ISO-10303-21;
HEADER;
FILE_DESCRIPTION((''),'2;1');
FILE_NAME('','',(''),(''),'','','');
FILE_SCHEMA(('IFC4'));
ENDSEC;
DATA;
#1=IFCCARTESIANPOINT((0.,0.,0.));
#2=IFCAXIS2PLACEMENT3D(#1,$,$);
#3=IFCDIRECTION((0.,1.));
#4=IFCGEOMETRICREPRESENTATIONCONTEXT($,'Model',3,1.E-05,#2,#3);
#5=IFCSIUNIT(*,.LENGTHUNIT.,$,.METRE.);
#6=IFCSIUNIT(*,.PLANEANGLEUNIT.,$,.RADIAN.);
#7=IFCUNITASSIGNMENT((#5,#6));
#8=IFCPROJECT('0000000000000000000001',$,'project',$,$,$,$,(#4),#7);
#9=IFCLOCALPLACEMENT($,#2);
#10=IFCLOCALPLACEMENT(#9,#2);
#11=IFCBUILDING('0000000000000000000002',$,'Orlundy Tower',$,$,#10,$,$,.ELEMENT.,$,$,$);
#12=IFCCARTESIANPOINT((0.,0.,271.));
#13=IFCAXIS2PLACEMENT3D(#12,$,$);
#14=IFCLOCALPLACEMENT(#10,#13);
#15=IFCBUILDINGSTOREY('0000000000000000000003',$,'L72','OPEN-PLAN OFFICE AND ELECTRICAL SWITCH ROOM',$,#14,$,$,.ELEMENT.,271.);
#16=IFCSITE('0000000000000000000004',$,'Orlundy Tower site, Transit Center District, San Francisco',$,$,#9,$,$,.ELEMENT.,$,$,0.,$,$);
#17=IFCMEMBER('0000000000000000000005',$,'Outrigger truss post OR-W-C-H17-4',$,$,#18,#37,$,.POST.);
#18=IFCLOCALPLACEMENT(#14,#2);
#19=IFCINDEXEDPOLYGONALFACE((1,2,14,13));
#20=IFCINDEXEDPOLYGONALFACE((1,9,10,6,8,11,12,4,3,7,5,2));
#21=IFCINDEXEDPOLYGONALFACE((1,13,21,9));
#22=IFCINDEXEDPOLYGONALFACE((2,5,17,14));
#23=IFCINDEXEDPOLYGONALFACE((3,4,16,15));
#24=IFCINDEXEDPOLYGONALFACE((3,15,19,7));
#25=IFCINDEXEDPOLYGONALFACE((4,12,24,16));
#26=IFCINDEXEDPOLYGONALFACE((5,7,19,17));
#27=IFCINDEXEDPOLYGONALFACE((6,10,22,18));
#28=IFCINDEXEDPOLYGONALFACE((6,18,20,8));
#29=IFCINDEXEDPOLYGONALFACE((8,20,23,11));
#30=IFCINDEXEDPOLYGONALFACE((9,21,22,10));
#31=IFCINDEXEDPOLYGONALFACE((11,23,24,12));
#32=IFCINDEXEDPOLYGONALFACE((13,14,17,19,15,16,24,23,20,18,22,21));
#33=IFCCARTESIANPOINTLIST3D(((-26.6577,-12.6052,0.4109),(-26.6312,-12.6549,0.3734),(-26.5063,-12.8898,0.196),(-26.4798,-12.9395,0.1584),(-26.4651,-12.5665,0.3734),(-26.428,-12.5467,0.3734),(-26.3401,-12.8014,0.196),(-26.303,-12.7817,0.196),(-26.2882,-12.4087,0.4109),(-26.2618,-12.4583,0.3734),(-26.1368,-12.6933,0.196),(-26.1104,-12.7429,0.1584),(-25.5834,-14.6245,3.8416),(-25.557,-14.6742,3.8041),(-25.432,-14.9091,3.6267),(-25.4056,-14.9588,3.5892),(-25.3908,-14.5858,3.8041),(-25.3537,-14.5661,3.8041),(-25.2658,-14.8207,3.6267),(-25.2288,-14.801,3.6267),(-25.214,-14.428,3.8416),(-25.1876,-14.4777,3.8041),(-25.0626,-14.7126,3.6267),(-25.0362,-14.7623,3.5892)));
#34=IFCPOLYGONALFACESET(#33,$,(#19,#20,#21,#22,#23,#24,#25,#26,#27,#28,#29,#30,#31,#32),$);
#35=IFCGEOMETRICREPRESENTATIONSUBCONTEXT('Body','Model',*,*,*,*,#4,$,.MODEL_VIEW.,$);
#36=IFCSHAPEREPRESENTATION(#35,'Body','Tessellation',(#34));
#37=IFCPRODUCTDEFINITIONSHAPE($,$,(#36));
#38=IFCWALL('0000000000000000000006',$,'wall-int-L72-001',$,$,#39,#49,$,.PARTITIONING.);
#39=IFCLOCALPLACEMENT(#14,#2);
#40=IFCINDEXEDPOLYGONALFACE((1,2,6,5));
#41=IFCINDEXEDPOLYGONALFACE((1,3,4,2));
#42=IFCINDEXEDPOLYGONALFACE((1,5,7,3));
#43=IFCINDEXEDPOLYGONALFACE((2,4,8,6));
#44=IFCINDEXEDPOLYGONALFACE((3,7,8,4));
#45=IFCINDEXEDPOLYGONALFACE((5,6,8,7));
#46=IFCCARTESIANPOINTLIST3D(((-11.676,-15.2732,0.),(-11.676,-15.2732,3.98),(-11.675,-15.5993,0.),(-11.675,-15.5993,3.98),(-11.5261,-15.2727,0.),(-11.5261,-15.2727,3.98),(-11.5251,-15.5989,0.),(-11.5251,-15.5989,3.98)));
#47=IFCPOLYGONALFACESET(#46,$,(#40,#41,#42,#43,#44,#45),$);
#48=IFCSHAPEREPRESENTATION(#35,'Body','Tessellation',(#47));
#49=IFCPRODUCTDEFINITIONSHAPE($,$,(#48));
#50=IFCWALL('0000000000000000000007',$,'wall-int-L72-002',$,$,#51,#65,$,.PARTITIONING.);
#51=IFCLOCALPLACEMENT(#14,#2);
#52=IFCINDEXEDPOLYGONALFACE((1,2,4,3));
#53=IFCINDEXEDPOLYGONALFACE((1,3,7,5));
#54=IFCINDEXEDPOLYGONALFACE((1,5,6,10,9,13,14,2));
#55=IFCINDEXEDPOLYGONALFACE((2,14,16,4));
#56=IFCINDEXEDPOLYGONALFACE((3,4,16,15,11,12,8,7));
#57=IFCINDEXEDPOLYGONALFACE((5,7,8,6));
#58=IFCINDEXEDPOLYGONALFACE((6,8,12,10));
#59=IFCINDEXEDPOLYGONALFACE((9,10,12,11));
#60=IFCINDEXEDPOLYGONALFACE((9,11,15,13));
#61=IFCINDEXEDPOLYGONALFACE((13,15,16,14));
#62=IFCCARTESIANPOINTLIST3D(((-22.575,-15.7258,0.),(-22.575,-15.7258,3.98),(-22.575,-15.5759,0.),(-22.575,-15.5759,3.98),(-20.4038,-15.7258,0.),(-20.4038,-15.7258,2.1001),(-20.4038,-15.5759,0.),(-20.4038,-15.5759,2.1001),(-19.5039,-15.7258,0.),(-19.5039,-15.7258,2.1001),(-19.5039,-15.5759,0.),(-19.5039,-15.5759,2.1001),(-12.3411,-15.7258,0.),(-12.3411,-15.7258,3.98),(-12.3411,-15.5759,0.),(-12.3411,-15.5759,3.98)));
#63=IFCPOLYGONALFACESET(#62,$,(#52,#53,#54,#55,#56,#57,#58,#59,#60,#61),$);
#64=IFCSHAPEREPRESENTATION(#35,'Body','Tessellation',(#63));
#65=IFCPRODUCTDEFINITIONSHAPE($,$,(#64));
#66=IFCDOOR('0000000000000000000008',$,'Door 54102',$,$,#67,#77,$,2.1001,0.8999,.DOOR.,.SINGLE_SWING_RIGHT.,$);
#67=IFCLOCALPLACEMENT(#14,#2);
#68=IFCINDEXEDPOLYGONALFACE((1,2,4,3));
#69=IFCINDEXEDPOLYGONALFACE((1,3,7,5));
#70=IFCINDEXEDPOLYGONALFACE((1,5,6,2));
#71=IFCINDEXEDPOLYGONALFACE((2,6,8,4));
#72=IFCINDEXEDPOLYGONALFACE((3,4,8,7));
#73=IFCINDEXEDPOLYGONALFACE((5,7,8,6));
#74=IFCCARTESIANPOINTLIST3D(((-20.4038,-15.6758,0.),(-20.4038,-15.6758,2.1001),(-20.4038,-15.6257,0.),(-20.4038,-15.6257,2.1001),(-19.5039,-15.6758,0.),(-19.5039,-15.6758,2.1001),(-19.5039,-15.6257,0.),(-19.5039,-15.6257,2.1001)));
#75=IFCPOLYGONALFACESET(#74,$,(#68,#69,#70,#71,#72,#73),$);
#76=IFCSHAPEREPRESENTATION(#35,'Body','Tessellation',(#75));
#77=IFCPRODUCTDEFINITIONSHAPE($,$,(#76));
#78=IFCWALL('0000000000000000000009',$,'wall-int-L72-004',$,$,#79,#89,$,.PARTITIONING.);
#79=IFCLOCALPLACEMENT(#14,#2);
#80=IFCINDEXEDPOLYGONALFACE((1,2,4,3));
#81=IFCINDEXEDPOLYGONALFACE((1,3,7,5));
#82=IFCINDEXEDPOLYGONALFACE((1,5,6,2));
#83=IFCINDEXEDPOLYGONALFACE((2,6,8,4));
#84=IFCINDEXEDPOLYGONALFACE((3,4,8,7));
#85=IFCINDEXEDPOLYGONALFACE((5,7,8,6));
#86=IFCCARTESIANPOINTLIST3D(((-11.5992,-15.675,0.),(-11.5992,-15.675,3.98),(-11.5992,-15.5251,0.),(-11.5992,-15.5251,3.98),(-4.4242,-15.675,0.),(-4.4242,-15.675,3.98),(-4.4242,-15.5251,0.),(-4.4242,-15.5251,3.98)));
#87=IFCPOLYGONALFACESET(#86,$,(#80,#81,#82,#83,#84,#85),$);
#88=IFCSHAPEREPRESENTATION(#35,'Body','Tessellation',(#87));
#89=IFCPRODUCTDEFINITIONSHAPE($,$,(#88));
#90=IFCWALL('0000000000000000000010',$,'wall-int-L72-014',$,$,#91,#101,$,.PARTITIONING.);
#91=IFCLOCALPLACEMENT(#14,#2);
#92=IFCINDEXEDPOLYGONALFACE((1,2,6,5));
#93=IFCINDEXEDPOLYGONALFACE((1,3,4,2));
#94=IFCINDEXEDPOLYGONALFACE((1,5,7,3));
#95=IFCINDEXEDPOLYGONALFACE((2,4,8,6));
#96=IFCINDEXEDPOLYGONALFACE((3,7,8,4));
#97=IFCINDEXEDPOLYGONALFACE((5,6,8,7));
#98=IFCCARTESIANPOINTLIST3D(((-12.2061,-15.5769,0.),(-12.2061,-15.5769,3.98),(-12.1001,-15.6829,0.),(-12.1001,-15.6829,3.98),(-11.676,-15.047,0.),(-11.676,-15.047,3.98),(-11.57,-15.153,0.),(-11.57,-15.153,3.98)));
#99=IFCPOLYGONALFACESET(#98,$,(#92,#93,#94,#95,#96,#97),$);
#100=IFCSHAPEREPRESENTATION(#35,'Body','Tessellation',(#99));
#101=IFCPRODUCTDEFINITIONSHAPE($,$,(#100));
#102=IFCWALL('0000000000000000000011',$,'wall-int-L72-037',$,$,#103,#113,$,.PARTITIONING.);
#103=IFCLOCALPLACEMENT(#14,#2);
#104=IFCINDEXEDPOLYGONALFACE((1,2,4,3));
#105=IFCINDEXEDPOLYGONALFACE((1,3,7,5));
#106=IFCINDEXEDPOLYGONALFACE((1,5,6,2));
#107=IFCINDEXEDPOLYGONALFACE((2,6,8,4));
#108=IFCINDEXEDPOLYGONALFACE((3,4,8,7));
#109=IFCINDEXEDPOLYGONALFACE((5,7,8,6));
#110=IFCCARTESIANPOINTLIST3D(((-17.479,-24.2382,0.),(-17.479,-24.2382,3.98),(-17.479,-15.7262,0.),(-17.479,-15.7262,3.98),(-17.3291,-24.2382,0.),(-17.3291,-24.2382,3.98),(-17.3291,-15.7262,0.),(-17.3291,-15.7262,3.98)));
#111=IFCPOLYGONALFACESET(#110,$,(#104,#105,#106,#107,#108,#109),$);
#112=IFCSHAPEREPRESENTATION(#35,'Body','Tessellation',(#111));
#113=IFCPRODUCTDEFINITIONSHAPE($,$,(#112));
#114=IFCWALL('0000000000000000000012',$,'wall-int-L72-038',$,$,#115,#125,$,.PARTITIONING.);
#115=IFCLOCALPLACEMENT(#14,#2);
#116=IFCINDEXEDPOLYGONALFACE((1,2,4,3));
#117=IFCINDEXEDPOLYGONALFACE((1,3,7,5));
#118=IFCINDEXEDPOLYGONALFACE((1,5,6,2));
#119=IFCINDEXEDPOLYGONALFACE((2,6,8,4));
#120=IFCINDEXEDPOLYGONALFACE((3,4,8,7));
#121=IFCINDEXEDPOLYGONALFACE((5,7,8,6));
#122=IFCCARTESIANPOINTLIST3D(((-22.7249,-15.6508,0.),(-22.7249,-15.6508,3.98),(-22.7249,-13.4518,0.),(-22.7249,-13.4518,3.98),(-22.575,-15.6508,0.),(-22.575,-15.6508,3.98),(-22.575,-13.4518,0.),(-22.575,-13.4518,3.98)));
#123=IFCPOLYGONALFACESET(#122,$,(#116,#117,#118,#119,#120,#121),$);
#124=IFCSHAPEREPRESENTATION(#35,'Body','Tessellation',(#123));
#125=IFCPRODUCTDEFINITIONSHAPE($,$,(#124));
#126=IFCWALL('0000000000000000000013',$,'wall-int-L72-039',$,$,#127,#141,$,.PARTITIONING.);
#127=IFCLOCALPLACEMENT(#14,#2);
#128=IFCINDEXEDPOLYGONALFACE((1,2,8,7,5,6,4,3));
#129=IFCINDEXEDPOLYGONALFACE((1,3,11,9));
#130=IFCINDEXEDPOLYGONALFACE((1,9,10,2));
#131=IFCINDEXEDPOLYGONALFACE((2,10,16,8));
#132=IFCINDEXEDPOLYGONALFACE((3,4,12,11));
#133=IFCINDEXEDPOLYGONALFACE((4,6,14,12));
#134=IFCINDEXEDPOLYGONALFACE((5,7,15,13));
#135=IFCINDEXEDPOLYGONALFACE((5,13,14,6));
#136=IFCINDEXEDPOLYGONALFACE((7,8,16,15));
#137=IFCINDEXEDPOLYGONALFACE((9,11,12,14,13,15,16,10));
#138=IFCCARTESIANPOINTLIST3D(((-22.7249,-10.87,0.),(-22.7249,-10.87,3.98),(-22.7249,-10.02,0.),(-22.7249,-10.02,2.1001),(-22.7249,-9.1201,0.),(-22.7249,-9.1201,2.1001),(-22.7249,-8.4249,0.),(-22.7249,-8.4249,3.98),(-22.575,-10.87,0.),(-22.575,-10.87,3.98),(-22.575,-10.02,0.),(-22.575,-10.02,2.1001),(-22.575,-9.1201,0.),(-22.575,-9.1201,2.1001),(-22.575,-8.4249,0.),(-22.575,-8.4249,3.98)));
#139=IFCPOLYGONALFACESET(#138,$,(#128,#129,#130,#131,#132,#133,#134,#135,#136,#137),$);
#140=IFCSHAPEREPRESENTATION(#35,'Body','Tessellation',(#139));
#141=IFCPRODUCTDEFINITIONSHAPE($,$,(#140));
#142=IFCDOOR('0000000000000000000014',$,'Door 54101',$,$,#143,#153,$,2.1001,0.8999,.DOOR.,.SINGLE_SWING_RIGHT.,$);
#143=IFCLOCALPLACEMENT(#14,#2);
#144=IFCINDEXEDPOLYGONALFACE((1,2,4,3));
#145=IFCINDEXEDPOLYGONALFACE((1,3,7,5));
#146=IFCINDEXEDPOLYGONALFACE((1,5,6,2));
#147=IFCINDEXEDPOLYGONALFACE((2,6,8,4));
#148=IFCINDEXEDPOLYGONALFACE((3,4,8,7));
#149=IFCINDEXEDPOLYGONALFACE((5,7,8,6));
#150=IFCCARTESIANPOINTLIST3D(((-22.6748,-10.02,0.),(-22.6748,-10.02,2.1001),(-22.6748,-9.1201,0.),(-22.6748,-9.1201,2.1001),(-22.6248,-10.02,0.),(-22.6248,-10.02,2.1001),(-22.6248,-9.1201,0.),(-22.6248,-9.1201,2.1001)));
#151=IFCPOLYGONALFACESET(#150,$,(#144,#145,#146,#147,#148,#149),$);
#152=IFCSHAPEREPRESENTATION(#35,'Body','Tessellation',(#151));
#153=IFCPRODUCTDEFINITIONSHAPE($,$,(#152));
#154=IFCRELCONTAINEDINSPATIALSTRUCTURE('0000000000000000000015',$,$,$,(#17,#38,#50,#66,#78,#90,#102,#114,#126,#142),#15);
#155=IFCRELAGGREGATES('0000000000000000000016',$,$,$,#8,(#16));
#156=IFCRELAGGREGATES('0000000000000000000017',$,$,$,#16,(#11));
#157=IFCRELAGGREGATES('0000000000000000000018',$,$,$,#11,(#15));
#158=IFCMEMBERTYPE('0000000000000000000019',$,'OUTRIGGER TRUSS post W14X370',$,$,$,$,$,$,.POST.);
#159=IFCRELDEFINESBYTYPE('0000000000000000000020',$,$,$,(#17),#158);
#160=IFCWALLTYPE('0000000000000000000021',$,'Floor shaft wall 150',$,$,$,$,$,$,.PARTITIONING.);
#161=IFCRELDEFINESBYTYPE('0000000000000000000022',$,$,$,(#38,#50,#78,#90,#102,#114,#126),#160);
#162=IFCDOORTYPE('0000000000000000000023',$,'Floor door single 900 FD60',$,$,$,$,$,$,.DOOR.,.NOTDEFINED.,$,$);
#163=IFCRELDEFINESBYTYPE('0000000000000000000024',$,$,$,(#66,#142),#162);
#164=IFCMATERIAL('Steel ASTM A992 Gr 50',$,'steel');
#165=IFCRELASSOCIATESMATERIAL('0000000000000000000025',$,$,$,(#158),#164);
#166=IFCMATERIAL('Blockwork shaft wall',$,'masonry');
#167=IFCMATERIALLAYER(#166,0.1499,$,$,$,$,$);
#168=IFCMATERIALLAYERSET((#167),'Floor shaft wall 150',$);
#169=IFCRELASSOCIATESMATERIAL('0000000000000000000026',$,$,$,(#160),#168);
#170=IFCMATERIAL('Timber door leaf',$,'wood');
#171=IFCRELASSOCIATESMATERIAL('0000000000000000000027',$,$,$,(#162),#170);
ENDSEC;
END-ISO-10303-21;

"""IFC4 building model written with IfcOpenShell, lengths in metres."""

from ifc_helpers import new_model, si_unit, direction, frame, frame_2d, origin, origin_2d, place, context, subcontext, project, spatial, rectangle, i_section, extrude, material, layer, layer_set, material_profile, profile_set, type_object, element, fill, save


model = new_model("IFC4")

# Units and contexts
model_context = context("Model", 3, precision=1e-05, world=origin(), true_north=direction((0.0, 1.0)))
body_context = subcontext(model_context, "Body", "Model", "MODEL_VIEW")
ifc_project = project(units=[si_unit("LENGTHUNIT", "METRE"), si_unit("PLANEANGLEUNIT", "RADIAN")], contexts=[model_context])

# Site, building, storey
site_placement = place(None, origin())
site = spatial("IfcSite", under=ifc_project, at=site_placement, Name="Orlundy Tower site, Transit Center District, San Francisco", CompositionType="ELEMENT", RefElevation=0.0)
building_placement = place(site_placement, origin())
building = spatial("IfcBuilding", under=site, at=building_placement, Name="Orlundy Tower", CompositionType="ELEMENT")
storey_placement = place(building_placement, frame((0.0, 0.0, 271.0)))
storey = spatial("IfcBuildingStorey", under=building, at=storey_placement, Name="L72", Description="OPEN-PLAN OFFICE AND ELECTRICAL SWITCH ROOM", CompositionType="ELEMENT", Elevation=271.0)

# Member
ifc_material_1 = material(Name="Steel ASTM A992 Gr 50", Category="steel")
ifc_material_profile_1 = material_profile(ifc_material_1, i_section(OverallWidth=0.4185, OverallDepth=0.4551, WebThickness=0.042, FlangeThickness=0.0676, at=origin_2d()), Name="W14X370")
ifc_profile_set_1 = profile_set([ifc_material_profile_1], Name="Steel ASTM A992 Gr 50")
member_type_1 = type_object("IfcMemberType", Name="OUTRIGGER TRUSS post W14X370", PredefinedType="POST", material=ifc_profile_set_1)
member_1_placement = place(storey_placement, frame((-26.384, -12.6741, 0.2847), z_axis=(0.260529, -0.489736, 0.832036), x_axis=(0.882849, 0.469657, 0.0)))
element("IfcMember", 1, at=member_1_placement, inside=storey, type_object=member_type_1, Name="Outrigger truss post OR-W-C-H17-4", PredefinedType="POST", context=body_context, shape_type="SweptSolid", body=[
    extrude(i_section(OverallWidth=0.4185, OverallDepth=0.4551, WebThickness=0.042, FlangeThickness=0.0676, at=origin_2d()), origin(), (0.0, 0.0, 1.0), 4.1233),
])

# Wall
ifc_material_2 = material(Name="Blockwork shaft wall", Category="masonry")
ifc_layer = layer(ifc_material_2, 0.1499)
ifc_layer_set = layer_set([ifc_layer], Name="Floor shaft wall 150")
wall_type = type_object("IfcWallType", Name="Floor shaft wall 150", PredefinedType="PARTITIONING", material=ifc_layer_set)
wall_1_placement = place(storey_placement, frame((-11.6011, -15.2729, 0.0), z_axis=(0.0, 0.0, 1.0), x_axis=(0.002994, -0.999996, 0.0)))
element("IfcWall", 2, at=wall_1_placement, inside=storey, type_object=wall_type, Name="wall-int-L72-001", PredefinedType="PARTITIONING", context=body_context, shape_type="SweptSolid", body=[
    extrude(rectangle(XDim=0.3262, YDim=0.1499, at=frame_2d((0.1631, 0.0))), origin(), (0.0, 0.0, 1.0), 3.98),
])

# Wall, opening, door
wall_2_placement = place(storey_placement, frame((-12.3411, -15.6509, 0.0), z_axis=(0.0, 0.0, 1.0), x_axis=(-1.0, 0.0, 0.0)))
wall_2 = element("IfcWall", 3, at=wall_2_placement, inside=storey, type_object=wall_type, Name="wall-int-L72-002", PredefinedType="PARTITIONING", context=body_context, shape_type="SweptSolid", body=[
    extrude(rectangle(XDim=10.2339, YDim=0.1499, at=frame_2d((5.1169, 0.0))), origin(), (0.0, 0.0, 1.0), 3.98),
])
opening_1_placement = place(wall_2_placement, frame((7.1628, 0.0, 0.0)))
opening_1 = element("IfcOpeningElement", 4, at=opening_1_placement, cuts=wall_2, PredefinedType="OPENING", context=body_context, shape_type="SweptSolid", body=[
    extrude(rectangle(XDim=0.8999, YDim=2.1001, at=frame_2d((0.45, 1.05))), frame((0.0, 0.085, 0.0), z_axis=(0.0, -1.0, 0.0), x_axis=(1.0, 0.0, 0.0)), (0.0, 0.0, 1.0), 0.1699),
])
ifc_material_3 = material(Name="Timber door leaf", Category="wood")
door_type = type_object("IfcDoorType", Name="Floor door single 900 FD60", OperationType="NOTDEFINED", PredefinedType="DOOR", material=ifc_material_3)
door_1_placement = place(opening_1_placement, origin())
door_1 = element("IfcDoor", 5, at=door_1_placement, inside=storey, type_object=door_type, Name="Door 54102", OperationType="SINGLE_SWING_RIGHT", OverallHeight=2.1001, OverallWidth=0.8999, PredefinedType="DOOR", context=body_context, shape_type="SweptSolid", body=[
    extrude(rectangle(XDim=0.8999, YDim=2.1001, at=frame_2d((0.45, 1.05))), frame((0.0, 0.0249, 0.0), z_axis=(0.0, -1.0, 0.0), x_axis=(1.0, 0.0, 0.0)), (0.0, 0.0, 1.0), 0.05),
])
fill(opening_1, door_1)

# Walls
wall_3_placement = place(storey_placement, frame((-11.5991, -15.6001, 0.0), z_axis=(0.0, 0.0, 1.0), x_axis=(1.0, 0.0, 0.0)))
element("IfcWall", 6, at=wall_3_placement, inside=storey, type_object=wall_type, Name="wall-int-L72-004", PredefinedType="PARTITIONING", context=body_context, shape_type="SweptSolid", body=[
    extrude(rectangle(XDim=7.175, YDim=0.1499, at=frame_2d((3.5874, 0.0))), origin(), (0.0, 0.0, 1.0), 3.98),
])
wall_4_placement = place(storey_placement, frame((-12.1531, -15.6299, 0.0), z_axis=(0.0, 0.0, 1.0), x_axis=(0.70727, 0.706944, 0.0)))
element("IfcWall", 7, at=wall_4_placement, inside=storey, type_object=wall_type, Name="wall-int-L72-014", PredefinedType="PARTITIONING", context=body_context, shape_type="SweptSolid", body=[
    extrude(rectangle(XDim=0.7495, YDim=0.1499, at=frame_2d((0.3748, 0.0))), origin(), (0.0, 0.0, 1.0), 3.98),
])
wall_5_placement = place(storey_placement, frame((-17.4041, -24.238, 0.0), z_axis=(0.0, 0.0, 1.0), x_axis=(0.0, 1.0, 0.0)))
element("IfcWall", 8, at=wall_5_placement, inside=storey, type_object=wall_type, Name="wall-int-L72-037", PredefinedType="PARTITIONING", context=body_context, shape_type="SweptSolid", body=[
    extrude(rectangle(XDim=8.512, YDim=0.1499, at=frame_2d((4.2559, 0.0))), origin(), (0.0, 0.0, 1.0), 3.98),
])
wall_6_placement = place(storey_placement, frame((-22.6499, -15.6509, 0.0), z_axis=(0.0, 0.0, 1.0), x_axis=(0.0, 1.0, 0.0)))
element("IfcWall", 9, at=wall_6_placement, inside=storey, type_object=wall_type, Name="wall-int-L72-038", PredefinedType="PARTITIONING", context=body_context, shape_type="SweptSolid", body=[
    extrude(rectangle(XDim=2.199, YDim=0.1499, at=frame_2d((1.0996, 0.0))), origin(), (0.0, 0.0, 1.0), 3.98),
])

# Wall, opening, door
wall_7_placement = place(storey_placement, frame((-22.6499, -10.8701, 0.0), z_axis=(0.0, 0.0, 1.0), x_axis=(0.0, 1.0, 0.0)))
wall_7 = element("IfcWall", 10, at=wall_7_placement, inside=storey, type_object=wall_type, Name="wall-int-L72-039", PredefinedType="PARTITIONING", context=body_context, shape_type="SweptSolid", body=[
    extrude(rectangle(XDim=2.4451, YDim=0.1499, at=frame_2d((1.2227, 0.0))), origin(), (0.0, 0.0, 1.0), 3.98),
])
opening_2_placement = place(wall_7_placement, frame((0.8501, 0.0, 0.0)))
opening_2 = element("IfcOpeningElement", 11, at=opening_2_placement, cuts=wall_7, PredefinedType="OPENING", context=body_context, shape_type="SweptSolid", body=[
    extrude(rectangle(XDim=0.8999, YDim=2.1001, at=frame_2d((0.45, 1.05))), frame((0.0, 0.085, 0.0), z_axis=(0.0, -1.0, 0.0), x_axis=(1.0, 0.0, 0.0)), (0.0, 0.0, 1.0), 0.1699),
])
door_2_placement = place(opening_2_placement, origin())
door_2 = element("IfcDoor", 12, at=door_2_placement, inside=storey, type_object=door_type, Name="Door 54101", OperationType="SINGLE_SWING_RIGHT", OverallHeight=2.1001, OverallWidth=0.8999, PredefinedType="DOOR", context=body_context, shape_type="SweptSolid", body=[
    extrude(rectangle(XDim=0.8999, YDim=2.1001, at=frame_2d((0.45, 1.05))), frame((0.0, 0.0249, 0.0), z_axis=(0.0, -1.0, 0.0), x_axis=(1.0, 0.0, 0.0)), (0.0, 0.0, 1.0), 0.05),
])
fill(opening_2, door_2)

save(model, "model.ifc")
